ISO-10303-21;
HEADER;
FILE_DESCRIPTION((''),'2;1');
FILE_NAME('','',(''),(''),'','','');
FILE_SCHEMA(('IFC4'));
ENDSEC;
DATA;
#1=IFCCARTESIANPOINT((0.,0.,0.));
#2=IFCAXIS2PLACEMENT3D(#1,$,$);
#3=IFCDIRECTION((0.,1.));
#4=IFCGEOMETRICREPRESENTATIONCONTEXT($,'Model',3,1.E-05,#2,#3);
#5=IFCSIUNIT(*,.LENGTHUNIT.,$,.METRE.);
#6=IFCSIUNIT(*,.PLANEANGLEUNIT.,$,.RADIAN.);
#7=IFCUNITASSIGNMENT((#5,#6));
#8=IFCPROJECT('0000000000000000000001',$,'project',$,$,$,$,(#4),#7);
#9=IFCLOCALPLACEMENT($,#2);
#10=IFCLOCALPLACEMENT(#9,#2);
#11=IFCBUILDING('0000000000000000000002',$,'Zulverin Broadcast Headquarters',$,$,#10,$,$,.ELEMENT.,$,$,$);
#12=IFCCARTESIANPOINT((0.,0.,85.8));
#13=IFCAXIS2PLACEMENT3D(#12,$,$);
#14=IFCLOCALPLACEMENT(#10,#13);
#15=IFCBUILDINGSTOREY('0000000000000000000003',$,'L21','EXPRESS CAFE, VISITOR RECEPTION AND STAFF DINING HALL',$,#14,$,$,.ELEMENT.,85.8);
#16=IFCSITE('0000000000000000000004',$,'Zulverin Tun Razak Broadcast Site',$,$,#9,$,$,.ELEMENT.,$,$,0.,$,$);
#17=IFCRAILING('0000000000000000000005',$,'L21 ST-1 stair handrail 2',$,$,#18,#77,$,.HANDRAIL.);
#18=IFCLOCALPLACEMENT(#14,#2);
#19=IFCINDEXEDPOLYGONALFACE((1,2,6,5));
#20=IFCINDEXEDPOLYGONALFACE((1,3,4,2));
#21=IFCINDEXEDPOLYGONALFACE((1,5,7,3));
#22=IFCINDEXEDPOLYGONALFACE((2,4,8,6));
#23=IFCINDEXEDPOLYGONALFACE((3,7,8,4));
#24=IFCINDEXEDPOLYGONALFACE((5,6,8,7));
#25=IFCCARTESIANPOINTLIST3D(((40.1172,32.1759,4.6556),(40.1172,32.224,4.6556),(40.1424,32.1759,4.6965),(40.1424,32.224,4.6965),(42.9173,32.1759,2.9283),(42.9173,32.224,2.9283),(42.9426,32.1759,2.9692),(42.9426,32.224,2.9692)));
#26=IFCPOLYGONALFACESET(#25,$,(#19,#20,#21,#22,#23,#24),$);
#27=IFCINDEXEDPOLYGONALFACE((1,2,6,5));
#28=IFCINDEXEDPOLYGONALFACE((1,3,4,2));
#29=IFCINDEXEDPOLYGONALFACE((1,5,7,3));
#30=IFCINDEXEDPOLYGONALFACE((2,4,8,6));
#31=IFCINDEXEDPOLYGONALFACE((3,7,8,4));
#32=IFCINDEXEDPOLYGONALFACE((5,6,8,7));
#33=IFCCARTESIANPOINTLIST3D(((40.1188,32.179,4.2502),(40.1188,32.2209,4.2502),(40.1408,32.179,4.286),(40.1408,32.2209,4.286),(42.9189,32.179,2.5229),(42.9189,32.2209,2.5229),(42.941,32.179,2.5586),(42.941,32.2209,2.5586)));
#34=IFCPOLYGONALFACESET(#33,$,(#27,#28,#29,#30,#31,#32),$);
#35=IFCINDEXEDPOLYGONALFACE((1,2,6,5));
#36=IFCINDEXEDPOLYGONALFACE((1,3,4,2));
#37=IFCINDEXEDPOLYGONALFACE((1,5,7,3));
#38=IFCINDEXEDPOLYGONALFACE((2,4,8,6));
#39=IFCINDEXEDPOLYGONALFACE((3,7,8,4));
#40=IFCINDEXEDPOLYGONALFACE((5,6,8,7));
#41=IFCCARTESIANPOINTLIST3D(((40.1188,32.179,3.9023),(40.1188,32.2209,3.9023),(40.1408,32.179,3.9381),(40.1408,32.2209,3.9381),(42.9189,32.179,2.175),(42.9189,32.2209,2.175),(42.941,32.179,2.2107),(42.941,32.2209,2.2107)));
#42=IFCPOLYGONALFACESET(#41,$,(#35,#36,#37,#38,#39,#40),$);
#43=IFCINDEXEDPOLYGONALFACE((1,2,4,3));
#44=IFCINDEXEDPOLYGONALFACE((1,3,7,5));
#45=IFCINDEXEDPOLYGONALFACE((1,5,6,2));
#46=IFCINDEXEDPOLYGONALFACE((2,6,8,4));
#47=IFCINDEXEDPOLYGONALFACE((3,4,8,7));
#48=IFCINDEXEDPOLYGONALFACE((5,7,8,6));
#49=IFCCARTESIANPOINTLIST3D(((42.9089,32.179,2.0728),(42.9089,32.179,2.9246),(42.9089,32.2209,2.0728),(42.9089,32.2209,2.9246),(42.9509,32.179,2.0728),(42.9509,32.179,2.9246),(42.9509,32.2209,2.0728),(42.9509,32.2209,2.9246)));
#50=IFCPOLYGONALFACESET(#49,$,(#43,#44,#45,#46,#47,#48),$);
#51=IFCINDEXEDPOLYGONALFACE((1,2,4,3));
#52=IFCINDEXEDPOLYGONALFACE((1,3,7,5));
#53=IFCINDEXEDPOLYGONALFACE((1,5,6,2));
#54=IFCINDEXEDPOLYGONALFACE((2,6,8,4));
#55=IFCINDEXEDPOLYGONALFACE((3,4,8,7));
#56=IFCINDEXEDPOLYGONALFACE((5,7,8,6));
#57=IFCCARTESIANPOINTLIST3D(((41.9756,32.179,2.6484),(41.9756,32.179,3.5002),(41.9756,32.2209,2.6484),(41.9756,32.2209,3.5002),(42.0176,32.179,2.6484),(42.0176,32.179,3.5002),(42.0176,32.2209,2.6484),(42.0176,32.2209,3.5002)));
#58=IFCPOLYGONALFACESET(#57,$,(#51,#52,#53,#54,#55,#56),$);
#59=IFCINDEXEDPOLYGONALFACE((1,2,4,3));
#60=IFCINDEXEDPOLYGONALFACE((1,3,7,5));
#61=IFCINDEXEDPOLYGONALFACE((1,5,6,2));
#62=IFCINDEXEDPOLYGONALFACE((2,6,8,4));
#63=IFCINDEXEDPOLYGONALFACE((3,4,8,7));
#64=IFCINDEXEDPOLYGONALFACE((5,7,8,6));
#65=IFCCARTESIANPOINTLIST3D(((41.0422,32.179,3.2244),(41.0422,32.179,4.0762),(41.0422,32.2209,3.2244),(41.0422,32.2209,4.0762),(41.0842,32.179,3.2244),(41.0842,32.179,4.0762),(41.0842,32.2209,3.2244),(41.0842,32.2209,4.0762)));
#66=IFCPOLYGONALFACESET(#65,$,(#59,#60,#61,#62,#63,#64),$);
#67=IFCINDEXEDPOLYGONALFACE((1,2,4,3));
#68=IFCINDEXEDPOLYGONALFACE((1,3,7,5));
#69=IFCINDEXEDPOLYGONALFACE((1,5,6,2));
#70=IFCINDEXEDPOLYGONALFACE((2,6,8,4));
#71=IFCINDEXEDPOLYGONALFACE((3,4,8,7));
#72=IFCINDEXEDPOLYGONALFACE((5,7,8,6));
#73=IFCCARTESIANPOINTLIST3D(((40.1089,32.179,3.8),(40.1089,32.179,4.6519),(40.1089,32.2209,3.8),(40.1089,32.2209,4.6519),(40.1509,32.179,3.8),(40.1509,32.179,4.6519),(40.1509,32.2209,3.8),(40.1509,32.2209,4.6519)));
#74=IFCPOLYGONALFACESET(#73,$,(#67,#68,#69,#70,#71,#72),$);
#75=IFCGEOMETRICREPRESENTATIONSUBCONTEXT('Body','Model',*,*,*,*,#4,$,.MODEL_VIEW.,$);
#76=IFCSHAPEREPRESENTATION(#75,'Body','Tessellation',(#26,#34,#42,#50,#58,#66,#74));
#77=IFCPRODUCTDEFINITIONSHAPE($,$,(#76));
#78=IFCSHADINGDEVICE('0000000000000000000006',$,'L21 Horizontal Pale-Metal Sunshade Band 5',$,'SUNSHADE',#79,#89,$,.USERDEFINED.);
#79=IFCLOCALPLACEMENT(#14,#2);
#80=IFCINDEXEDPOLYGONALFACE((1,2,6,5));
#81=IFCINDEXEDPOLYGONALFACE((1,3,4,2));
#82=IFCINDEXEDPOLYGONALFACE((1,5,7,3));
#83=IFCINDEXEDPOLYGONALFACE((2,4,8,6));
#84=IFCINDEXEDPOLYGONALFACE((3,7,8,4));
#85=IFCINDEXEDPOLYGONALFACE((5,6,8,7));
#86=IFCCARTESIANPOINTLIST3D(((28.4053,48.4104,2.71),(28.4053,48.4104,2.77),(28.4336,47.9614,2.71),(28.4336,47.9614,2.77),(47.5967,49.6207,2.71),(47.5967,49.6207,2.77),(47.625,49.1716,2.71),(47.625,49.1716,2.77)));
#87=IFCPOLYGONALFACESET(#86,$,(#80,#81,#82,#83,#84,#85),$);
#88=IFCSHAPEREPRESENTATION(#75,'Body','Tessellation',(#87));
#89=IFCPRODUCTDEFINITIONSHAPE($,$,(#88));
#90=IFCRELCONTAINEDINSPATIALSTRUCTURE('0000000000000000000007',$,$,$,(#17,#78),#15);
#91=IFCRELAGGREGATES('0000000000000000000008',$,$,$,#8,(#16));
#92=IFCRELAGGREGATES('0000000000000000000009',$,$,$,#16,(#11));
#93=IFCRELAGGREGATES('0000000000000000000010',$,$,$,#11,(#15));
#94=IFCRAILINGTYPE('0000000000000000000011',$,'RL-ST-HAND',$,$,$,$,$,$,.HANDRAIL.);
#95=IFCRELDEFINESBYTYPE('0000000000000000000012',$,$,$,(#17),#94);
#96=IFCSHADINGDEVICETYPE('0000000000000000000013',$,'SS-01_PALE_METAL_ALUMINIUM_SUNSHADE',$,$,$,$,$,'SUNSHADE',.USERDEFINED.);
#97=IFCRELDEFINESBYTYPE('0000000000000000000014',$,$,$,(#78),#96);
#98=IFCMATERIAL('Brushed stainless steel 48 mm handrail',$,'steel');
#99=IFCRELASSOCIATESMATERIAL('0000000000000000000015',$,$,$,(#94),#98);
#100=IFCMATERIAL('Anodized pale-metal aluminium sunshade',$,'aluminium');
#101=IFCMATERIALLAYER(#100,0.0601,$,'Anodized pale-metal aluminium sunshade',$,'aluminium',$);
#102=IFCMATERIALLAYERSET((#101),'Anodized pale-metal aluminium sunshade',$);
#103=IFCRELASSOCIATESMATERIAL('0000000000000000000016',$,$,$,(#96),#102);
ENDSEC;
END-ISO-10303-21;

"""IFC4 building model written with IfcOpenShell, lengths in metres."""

from ifc_helpers import new_model, si_unit, direction, frame, origin, origin_2d, place, context, subcontext, project, spatial, rectangle, extrude, material, layer, layer_set, type_object, element, save


model = new_model("IFC4")

# Units and contexts
model_context = context("Model", 3, precision=1e-05, world=origin(), true_north=direction((0.0, 1.0)))
body_context = subcontext(model_context, "Body", "Model", "MODEL_VIEW")
ifc_project = project(units=[si_unit("LENGTHUNIT", "METRE"), si_unit("PLANEANGLEUNIT", "RADIAN")], contexts=[model_context])

# Site, building, storey
site_placement = place(None, origin())
site = spatial("IfcSite", under=ifc_project, at=site_placement, Name="Zulverin Tun Razak Broadcast Site", CompositionType="ELEMENT", RefElevation=0.0)
building_placement = place(site_placement, origin())
building = spatial("IfcBuilding", under=site, at=building_placement, Name="Zulverin Broadcast Headquarters", CompositionType="ELEMENT")
storey_placement = place(building_placement, frame((0.0, 0.0, 85.8)))
storey = spatial("IfcBuildingStorey", under=building, at=storey_placement, Name="L21", Description="EXPRESS CAFE, VISITOR RECEPTION AND STAFF DINING HALL", CompositionType="ELEMENT", Elevation=85.8)

# Railing
ifc_material_1 = material(Name="Brushed stainless steel 48 mm handrail", Category="steel")
railing_type_1 = type_object("IfcRailingType", Name="RL-ST-HAND", PredefinedType="HANDRAIL", material=ifc_material_1)
railing_1_placement = place(storey_placement, frame((42.9299, 32.2, 2.0728)))
element("IfcRailing", 1, at=railing_1_placement, inside=storey, type_object=railing_type_1, Name="L21 ST-1 stair handrail 2", PredefinedType="HANDRAIL", context=body_context, shape_type="SweptSolid", body=[
    extrude(rectangle(XDim=0.0481, YDim=0.0481, at=origin_2d()), frame((0.0, 0.0, 0.876), z_axis=(-0.85109, 0.0, 0.52502), x_axis=(0.0, -1.0, 0.0)), (0.0, 0.0, 1.0), 3.29),
    extrude(rectangle(XDim=0.042, YDim=0.042, at=origin_2d()), frame((0.0, 0.0, 0.468), z_axis=(-0.85109, 0.0, 0.52502), x_axis=(0.0, -1.0, 0.0)), (0.0, 0.0, 1.0), 3.29),
    extrude(rectangle(XDim=0.042, YDim=0.042, at=origin_2d()), frame((0.0, 0.0, 0.1201), z_axis=(-0.85109, 0.0, 0.52502), x_axis=(0.0, -1.0, 0.0)), (0.0, 0.0, 1.0), 3.29),
    extrude(rectangle(XDim=0.042, YDim=0.042, at=origin_2d()), origin(), (0.0, 0.0, 1.0), 0.8518),
    extrude(rectangle(XDim=0.042, YDim=0.042, at=origin_2d()), frame((-0.9333, 0.0, 0.5757)), (0.0, 0.0, 1.0), 0.8518),
    extrude(rectangle(XDim=0.042, YDim=0.042, at=origin_2d()), frame((-1.8667, 0.0, 1.1516)), (0.0, 0.0, 1.0), 0.8518),
    extrude(rectangle(XDim=0.042, YDim=0.042, at=origin_2d()), frame((-2.8, 0.0, 1.7273)), (0.0, 0.0, 1.0), 0.8518),
])

# Shading device
ifc_material_2 = material(Name="Anodized pale-metal aluminium sunshade", Category="aluminium")
ifc_layer_1 = layer(ifc_material_2, 0.0601, Name="Anodized pale-metal aluminium sunshade", Category="aluminium")
ifc_layer_set_1 = layer_set([ifc_layer_1], Name="Anodized pale-metal aluminium sunshade")
shading_device_type = type_object("IfcShadingDeviceType", Name="SS-01_PALE_METAL_ALUMINIUM_SUNSHADE", ElementType="SUNSHADE", PredefinedType="USERDEFINED", material=ifc_layer_set_1)
shading_device_placement = place(storey_placement, frame((38.0151, 48.791, 2.71), z_axis=(0.0, 0.0, 1.0), x_axis=(-0.998018, -0.062935, 0.0)))
element("IfcShadingDevice", 2, at=shading_device_placement, inside=storey, type_object=shading_device_type, Name="L21 Horizontal Pale-Metal Sunshade Band 5", ObjectType="SUNSHADE", PredefinedType="USERDEFINED", context=body_context, shape_type="SweptSolid", body=[
    extrude(rectangle(XDim=19.2295, YDim=0.45, at=origin_2d()), origin(), (0.0, 0.0, 1.0), 0.0601),
])

save(model, "model.ifc")
